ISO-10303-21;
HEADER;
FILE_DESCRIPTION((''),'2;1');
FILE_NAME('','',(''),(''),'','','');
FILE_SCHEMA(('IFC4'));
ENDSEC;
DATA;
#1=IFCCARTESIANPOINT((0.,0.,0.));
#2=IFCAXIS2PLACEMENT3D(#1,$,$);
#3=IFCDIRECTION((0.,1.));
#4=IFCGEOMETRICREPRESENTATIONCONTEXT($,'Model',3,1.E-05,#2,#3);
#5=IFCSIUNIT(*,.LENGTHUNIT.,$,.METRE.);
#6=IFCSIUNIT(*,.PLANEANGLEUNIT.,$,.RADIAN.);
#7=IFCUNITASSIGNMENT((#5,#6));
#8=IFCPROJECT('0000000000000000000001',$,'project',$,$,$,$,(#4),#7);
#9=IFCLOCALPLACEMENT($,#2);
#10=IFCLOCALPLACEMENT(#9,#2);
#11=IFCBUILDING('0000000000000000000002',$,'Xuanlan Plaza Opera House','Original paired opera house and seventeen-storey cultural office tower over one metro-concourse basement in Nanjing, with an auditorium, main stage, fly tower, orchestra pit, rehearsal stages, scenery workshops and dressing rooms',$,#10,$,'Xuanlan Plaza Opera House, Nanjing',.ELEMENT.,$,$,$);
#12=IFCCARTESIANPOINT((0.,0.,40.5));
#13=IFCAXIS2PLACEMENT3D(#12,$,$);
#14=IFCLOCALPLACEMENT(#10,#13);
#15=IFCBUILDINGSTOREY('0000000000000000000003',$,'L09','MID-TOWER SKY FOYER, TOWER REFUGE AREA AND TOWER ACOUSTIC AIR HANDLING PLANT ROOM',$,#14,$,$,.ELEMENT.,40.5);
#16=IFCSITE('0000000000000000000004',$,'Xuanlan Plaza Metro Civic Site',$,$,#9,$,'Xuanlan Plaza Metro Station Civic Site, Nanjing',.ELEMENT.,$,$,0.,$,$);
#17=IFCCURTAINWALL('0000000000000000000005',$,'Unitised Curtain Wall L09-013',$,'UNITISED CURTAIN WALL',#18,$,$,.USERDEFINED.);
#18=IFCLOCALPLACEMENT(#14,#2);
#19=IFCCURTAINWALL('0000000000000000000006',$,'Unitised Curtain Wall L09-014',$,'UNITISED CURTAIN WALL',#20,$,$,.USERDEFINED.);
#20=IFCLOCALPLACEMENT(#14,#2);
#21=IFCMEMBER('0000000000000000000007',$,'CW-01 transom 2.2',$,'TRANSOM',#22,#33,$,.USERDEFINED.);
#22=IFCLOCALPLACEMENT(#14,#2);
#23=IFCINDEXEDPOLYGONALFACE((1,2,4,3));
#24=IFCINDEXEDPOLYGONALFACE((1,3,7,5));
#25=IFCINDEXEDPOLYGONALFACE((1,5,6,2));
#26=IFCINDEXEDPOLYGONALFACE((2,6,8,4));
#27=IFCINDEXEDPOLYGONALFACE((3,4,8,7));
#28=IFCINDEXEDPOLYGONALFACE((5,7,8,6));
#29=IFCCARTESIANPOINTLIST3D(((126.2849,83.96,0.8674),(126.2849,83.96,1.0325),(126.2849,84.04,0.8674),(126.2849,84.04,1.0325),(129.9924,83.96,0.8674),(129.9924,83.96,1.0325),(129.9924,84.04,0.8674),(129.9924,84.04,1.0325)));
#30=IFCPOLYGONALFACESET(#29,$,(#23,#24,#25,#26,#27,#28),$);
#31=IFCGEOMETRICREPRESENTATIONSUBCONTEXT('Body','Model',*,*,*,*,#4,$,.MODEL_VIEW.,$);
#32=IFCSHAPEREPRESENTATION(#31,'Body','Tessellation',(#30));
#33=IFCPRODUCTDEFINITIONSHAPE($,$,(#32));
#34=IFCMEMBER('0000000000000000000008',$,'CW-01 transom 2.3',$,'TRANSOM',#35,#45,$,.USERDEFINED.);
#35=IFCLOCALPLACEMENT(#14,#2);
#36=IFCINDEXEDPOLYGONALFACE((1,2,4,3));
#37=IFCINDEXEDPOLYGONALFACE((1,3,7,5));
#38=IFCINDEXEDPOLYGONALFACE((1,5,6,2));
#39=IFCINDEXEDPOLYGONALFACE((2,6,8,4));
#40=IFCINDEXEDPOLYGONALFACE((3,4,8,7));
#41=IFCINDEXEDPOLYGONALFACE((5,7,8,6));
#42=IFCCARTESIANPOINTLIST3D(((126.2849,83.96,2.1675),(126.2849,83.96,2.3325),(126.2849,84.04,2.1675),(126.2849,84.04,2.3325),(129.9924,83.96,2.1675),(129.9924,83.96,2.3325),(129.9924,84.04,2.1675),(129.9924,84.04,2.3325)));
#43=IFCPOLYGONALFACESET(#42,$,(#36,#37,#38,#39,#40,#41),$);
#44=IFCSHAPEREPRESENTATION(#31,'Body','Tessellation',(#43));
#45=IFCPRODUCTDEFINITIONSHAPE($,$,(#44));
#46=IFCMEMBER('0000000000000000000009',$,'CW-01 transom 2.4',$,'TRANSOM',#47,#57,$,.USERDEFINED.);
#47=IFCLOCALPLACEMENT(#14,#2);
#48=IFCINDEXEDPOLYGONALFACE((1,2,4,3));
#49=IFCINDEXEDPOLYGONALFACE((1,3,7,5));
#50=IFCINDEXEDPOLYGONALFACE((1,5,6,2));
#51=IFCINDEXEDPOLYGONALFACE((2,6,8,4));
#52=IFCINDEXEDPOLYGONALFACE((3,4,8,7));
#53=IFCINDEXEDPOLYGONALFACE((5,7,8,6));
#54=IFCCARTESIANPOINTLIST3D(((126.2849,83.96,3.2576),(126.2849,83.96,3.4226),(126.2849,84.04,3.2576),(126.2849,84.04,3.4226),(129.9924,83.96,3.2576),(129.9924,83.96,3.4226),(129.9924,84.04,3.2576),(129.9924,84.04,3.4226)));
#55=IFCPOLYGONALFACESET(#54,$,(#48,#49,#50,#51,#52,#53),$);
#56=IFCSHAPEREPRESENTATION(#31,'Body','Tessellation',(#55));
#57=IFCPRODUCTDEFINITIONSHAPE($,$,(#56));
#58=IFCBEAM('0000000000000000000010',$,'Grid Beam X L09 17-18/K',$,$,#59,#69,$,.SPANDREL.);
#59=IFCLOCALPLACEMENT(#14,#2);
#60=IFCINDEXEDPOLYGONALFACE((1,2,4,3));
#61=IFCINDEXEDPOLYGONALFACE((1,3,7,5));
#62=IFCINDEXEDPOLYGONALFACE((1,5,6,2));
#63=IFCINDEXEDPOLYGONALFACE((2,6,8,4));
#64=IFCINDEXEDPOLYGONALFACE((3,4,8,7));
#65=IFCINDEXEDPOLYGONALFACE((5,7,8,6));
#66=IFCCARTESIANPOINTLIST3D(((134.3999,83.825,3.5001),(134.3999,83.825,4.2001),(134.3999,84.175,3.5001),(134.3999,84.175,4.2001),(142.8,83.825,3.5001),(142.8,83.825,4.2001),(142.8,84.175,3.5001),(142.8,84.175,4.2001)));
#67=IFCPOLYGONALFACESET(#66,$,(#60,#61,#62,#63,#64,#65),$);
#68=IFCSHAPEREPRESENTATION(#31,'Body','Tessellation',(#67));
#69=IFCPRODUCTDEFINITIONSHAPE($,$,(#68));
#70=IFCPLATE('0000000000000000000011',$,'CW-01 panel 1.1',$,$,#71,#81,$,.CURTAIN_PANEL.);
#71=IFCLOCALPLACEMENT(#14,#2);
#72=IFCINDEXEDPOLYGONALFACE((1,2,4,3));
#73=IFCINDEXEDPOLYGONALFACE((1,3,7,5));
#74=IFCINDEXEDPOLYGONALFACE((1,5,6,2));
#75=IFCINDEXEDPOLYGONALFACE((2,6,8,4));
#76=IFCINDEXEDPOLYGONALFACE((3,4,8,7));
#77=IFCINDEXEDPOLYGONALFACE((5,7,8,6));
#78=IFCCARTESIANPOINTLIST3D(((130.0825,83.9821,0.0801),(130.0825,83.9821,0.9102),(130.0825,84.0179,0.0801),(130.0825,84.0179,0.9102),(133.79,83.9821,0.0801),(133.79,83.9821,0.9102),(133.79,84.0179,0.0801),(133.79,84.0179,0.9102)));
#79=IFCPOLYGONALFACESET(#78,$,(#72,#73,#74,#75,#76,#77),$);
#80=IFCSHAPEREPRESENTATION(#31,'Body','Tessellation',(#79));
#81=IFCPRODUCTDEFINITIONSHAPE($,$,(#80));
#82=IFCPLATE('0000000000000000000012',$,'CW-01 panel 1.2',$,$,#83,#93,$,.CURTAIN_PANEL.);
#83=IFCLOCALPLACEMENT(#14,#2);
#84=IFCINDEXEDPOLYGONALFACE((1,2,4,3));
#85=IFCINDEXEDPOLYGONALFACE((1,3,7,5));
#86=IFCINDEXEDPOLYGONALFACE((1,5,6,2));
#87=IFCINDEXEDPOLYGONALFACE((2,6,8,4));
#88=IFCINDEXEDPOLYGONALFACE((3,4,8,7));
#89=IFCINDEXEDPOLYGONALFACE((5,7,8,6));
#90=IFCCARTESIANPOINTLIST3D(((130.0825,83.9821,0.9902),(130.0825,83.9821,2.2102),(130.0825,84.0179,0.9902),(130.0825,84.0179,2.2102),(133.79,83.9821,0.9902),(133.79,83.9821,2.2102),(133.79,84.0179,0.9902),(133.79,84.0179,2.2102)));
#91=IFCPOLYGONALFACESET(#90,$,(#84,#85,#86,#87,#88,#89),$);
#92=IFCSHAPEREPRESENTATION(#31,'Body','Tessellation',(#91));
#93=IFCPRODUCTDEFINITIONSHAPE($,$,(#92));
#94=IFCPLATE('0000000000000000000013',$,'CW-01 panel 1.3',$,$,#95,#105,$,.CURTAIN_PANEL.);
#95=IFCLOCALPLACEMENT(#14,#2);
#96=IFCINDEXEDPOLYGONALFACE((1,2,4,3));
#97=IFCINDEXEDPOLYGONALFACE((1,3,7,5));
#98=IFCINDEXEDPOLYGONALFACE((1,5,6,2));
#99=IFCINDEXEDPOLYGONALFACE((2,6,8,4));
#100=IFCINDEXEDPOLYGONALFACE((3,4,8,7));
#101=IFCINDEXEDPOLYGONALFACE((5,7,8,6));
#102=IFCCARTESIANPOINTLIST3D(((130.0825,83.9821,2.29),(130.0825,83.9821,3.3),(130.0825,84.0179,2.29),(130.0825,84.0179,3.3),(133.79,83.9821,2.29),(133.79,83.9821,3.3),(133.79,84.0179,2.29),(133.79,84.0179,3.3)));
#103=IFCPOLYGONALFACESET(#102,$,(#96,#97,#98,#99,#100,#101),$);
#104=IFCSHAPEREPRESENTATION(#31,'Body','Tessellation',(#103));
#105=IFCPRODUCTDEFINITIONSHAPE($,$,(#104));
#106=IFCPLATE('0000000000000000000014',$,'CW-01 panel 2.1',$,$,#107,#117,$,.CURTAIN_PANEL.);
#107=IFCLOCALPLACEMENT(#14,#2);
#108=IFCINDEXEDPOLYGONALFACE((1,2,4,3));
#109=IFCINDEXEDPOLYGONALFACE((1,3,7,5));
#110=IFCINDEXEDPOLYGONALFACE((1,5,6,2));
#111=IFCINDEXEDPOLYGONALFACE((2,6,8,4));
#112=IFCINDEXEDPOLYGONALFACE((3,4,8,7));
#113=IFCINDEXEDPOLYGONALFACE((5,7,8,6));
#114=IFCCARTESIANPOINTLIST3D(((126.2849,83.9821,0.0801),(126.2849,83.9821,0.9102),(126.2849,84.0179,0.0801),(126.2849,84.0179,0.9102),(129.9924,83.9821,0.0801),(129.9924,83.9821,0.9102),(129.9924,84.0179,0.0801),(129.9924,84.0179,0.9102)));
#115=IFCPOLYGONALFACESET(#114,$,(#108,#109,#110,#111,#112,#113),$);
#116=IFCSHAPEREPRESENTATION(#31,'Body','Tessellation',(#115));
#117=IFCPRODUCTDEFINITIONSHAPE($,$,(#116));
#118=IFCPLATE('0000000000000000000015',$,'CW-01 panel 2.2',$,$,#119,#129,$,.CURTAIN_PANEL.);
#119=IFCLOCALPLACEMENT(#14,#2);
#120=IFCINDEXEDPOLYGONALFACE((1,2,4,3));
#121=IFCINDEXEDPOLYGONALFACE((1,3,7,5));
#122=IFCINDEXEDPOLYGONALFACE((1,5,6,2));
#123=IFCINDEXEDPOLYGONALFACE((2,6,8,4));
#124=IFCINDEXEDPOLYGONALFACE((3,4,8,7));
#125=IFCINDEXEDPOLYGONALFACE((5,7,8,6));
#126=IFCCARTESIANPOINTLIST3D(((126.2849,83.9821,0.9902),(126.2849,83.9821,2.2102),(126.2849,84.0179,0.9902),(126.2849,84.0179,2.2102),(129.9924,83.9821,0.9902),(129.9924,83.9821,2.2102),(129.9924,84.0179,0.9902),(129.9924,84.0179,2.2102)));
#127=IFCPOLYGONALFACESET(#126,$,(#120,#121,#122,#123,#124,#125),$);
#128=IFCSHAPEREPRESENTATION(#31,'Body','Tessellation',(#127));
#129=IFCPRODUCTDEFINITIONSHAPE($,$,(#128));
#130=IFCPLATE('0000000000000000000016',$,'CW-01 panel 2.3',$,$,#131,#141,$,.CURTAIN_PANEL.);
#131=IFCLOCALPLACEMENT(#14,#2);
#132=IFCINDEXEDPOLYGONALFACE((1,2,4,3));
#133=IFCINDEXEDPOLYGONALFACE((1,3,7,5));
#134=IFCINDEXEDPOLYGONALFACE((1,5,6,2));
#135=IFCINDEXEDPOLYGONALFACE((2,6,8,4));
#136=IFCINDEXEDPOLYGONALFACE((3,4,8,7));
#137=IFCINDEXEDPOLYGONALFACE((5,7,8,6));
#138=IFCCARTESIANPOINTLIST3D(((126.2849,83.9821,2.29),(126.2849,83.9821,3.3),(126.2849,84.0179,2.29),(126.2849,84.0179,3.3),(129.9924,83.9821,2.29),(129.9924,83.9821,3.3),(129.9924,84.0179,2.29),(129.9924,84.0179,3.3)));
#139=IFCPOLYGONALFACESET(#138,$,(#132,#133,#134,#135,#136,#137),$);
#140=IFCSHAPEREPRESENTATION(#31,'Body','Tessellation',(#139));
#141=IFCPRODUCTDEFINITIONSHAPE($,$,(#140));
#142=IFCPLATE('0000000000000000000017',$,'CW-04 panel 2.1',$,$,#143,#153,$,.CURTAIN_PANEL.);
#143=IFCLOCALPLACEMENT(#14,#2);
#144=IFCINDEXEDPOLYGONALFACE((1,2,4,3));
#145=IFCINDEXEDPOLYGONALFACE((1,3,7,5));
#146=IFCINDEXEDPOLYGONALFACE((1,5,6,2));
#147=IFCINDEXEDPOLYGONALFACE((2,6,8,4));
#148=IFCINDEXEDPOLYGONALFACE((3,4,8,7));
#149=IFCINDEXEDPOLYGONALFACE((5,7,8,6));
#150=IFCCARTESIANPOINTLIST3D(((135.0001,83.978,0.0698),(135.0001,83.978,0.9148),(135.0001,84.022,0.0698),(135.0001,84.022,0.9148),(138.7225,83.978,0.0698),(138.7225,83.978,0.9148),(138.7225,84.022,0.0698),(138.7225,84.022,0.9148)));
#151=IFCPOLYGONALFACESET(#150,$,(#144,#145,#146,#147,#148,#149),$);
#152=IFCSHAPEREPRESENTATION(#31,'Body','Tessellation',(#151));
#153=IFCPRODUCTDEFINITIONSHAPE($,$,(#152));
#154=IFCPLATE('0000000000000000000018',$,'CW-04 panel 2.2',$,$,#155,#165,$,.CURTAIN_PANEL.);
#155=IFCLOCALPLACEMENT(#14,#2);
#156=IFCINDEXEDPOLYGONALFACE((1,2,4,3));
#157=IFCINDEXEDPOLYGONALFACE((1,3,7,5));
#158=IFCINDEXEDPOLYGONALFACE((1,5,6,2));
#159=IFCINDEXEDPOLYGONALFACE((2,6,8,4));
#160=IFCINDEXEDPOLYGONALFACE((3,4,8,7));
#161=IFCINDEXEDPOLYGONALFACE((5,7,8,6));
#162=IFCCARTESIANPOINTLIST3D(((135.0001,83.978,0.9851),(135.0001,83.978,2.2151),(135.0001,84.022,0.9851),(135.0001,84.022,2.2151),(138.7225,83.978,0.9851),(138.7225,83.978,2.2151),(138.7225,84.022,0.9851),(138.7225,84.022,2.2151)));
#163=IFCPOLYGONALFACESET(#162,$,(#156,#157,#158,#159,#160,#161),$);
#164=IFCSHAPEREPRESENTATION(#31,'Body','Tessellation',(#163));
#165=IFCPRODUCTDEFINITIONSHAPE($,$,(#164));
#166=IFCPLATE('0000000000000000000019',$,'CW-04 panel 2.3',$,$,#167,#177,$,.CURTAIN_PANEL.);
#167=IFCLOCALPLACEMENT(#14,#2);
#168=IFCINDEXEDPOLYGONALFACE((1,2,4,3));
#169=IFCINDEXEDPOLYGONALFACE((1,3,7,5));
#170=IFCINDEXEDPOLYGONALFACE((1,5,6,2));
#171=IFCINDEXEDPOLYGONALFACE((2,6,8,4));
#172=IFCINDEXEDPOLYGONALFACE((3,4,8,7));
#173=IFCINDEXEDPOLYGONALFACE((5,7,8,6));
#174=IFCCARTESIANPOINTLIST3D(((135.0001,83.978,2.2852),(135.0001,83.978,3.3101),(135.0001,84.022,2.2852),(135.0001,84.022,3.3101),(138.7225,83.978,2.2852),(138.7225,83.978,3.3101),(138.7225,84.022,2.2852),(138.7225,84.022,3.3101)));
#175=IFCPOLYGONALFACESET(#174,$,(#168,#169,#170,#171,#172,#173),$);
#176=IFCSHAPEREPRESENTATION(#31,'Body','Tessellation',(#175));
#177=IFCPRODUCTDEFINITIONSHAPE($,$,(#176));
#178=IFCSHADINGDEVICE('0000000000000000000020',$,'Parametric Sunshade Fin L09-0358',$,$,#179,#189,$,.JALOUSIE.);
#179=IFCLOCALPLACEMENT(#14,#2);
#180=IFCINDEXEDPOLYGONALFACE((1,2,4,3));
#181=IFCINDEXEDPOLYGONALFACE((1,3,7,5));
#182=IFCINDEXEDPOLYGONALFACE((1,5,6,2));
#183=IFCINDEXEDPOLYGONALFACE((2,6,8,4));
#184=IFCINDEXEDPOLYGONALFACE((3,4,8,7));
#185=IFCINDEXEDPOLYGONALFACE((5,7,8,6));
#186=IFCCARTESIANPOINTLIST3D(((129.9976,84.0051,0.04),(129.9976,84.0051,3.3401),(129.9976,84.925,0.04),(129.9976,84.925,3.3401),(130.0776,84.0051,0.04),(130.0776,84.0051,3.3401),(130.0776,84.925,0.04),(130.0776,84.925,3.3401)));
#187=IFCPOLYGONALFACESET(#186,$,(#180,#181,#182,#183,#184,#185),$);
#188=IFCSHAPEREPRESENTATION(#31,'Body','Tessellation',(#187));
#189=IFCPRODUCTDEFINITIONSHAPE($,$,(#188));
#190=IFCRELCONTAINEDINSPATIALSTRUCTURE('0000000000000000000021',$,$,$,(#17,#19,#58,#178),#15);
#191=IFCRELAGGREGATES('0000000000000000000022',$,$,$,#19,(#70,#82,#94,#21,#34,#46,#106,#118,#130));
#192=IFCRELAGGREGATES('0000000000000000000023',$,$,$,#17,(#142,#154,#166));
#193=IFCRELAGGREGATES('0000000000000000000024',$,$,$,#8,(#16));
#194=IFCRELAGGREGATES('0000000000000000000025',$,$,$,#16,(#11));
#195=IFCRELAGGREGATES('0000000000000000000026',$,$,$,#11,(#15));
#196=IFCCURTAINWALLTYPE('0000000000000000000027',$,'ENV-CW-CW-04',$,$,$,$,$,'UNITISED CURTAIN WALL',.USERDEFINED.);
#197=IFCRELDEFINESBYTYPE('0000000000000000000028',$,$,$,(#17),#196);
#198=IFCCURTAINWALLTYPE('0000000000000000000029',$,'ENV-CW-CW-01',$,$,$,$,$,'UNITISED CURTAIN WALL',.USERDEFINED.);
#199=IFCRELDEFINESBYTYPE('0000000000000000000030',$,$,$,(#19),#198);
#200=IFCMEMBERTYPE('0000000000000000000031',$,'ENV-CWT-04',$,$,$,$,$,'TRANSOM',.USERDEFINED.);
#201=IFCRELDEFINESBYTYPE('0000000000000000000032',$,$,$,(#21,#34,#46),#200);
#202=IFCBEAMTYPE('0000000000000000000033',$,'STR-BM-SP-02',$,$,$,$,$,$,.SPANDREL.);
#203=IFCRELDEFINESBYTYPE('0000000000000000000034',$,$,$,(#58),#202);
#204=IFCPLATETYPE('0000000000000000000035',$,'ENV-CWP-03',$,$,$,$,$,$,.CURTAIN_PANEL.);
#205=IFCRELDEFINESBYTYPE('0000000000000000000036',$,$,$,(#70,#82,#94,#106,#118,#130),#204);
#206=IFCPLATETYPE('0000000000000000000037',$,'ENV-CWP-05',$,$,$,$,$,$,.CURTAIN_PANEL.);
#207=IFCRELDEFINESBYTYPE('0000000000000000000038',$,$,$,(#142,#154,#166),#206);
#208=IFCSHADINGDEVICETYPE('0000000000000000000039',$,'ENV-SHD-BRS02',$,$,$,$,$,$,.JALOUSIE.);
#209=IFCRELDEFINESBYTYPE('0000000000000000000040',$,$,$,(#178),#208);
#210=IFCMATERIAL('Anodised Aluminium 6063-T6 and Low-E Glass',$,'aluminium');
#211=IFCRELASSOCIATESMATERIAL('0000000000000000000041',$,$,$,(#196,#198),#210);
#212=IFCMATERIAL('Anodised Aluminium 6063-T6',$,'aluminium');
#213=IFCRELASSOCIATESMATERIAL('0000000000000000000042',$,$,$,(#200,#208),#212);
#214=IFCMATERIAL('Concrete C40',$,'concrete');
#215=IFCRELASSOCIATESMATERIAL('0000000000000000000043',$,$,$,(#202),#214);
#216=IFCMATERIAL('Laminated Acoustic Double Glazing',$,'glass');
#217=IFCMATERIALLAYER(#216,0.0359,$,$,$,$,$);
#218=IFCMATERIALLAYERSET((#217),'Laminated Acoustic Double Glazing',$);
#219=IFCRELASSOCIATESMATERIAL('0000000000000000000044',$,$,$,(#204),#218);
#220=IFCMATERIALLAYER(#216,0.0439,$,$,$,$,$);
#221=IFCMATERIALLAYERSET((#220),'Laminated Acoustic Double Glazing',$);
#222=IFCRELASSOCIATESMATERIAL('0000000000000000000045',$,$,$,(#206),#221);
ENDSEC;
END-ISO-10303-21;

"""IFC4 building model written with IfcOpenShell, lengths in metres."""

from ifc_helpers import new_model, si_unit, direction, frame, origin, origin_2d, place, context, subcontext, project, spatial, rectangle, extrude, material, layer, layer_set, material_profile, profile_set, type_object, element, aggregate, save


model = new_model("IFC4")

# Units and contexts
model_context = context("Model", 3, precision=1e-05, world=origin(), true_north=direction((0.0, 1.0)))
body_context = subcontext(model_context, "Body", "Model", "MODEL_VIEW")
ifc_project = project(units=[si_unit("LENGTHUNIT", "METRE"), si_unit("PLANEANGLEUNIT", "RADIAN")], contexts=[model_context])

# Site, building, storey
site_placement = place(None, origin())
site = spatial("IfcSite", under=ifc_project, at=site_placement, Name="Xuanlan Plaza Metro Civic Site", LongName="Xuanlan Plaza Metro Station Civic Site, Nanjing", CompositionType="ELEMENT", RefElevation=0.0)
building_placement = place(site_placement, origin())
building = spatial("IfcBuilding", under=site, at=building_placement, Name="Xuanlan Plaza Opera House", Description="Original paired opera house and seventeen-storey cultural office tower over one metro-concourse basement in Nanjing, with an auditorium, main stage, fly tower, orchestra pit, rehearsal stages, scenery workshops and dressing rooms", LongName="Xuanlan Plaza Opera House, Nanjing", CompositionType="ELEMENT")
storey_placement = place(building_placement, frame((0.0, 0.0, 40.5)))
storey = spatial("IfcBuildingStorey", under=building, at=storey_placement, Name="L09", Description="MID-TOWER SKY FOYER, TOWER REFUGE AREA AND TOWER ACOUSTIC AIR HANDLING PLANT ROOM", CompositionType="ELEMENT", Elevation=40.5)

# Curtain walls
ifc_material_1 = material(Name="Anodised Aluminium 6063-T6 and Low-E Glass", Category="aluminium")
curtain_wall_type_1 = type_object("IfcCurtainWallType", Name="ENV-CW-CW-04", ElementType="UNITISED CURTAIN WALL", PredefinedType="USERDEFINED", material=ifc_material_1)
curtain_wall_1_placement = place(storey_placement, origin())
curtain_wall_1 = element("IfcCurtainWall", 1, at=curtain_wall_1_placement, inside=storey, type_object=curtain_wall_type_1, Name="Unitised Curtain Wall L09-013", ObjectType="UNITISED CURTAIN WALL", PredefinedType="USERDEFINED")
ifc_material_2 = material(Name="Anodised Aluminium 6063-T6", Category="aluminium")
curtain_wall_type_2 = type_object("IfcCurtainWallType", Name="ENV-CW-CW-01", ElementType="UNITISED CURTAIN WALL", PredefinedType="USERDEFINED", material=ifc_material_1)
curtain_wall_2_placement = place(storey_placement, origin())
curtain_wall_2 = element("IfcCurtainWall", 2, at=curtain_wall_2_placement, inside=storey, type_object=curtain_wall_type_2, Name="Unitised Curtain Wall L09-014", ObjectType="UNITISED CURTAIN WALL", PredefinedType="USERDEFINED")

# Members
ifc_material_profile_1 = material_profile(ifc_material_2, rectangle(XDim=0.0801, YDim=0.165, at=origin_2d()), Name="ALU-T 80x165")
ifc_profile_set_1 = profile_set([ifc_material_profile_1], Name="Anodised Aluminium 6063-T6")
member_type_1 = type_object("IfcMemberType", Name="ENV-CWT-04", ElementType="TRANSOM", PredefinedType="USERDEFINED", material=ifc_profile_set_1)
member_1_placement = place(storey_placement, frame((129.9924, 84.0, 0.95), z_axis=(-1.0, 0.0, 0.0), x_axis=(0.0, -1.0, 0.0)))
member_1 = element("IfcMember", 3, at=member_1_placement, type_object=member_type_1, Name="CW-01 transom 2.2", ObjectType="TRANSOM", PredefinedType="USERDEFINED", context=body_context, shape_type="SweptSolid", body=[
    extrude(rectangle(XDim=0.0801, YDim=0.165, at=origin_2d()), origin(), (0.0, 0.0, 1.0), 3.7075),
])
member_2_placement = place(storey_placement, frame((129.9924, 84.0, 2.25), z_axis=(-1.0, 0.0, 0.0), x_axis=(0.0, -1.0, 0.0)))
member_2 = element("IfcMember", 4, at=member_2_placement, type_object=member_type_1, Name="CW-01 transom 2.3", ObjectType="TRANSOM", PredefinedType="USERDEFINED", context=body_context, shape_type="SweptSolid", body=[
    extrude(rectangle(XDim=0.0801, YDim=0.165, at=origin_2d()), origin(), (0.0, 0.0, 1.0), 3.7075),
])
member_3_placement = place(storey_placement, frame((129.9924, 84.0, 3.3401), z_axis=(-1.0, 0.0, 0.0), x_axis=(0.0, -1.0, 0.0)))
member_3 = element("IfcMember", 5, at=member_3_placement, type_object=member_type_1, Name="CW-01 transom 2.4", ObjectType="TRANSOM", PredefinedType="USERDEFINED", context=body_context, shape_type="SweptSolid", body=[
    extrude(rectangle(XDim=0.0801, YDim=0.165, at=origin_2d()), origin(), (0.0, 0.0, 1.0), 3.7075),
])

# Beam
ifc_material_3 = material(Name="Concrete C40", Category="concrete")
ifc_material_profile_2 = material_profile(ifc_material_3, rectangle(XDim=0.3501, YDim=0.7, at=origin_2d()), Name="RC-SPD 350x700")
ifc_profile_set_2 = profile_set([ifc_material_profile_2], Name="Concrete C40")
beam_type = type_object("IfcBeamType", Name="STR-BM-SP-02", PredefinedType="SPANDREL", material=ifc_profile_set_2)
beam_placement = place(storey_placement, frame((134.3999, 84.0, 3.8501), z_axis=(1.0, 0.0, 0.0), x_axis=(0.0, 1.0, 0.0)))
element("IfcBeam", 6, at=beam_placement, inside=storey, type_object=beam_type, Name="Grid Beam X L09 17-18/K", PredefinedType="SPANDREL", context=body_context, shape_type="SweptSolid", body=[
    extrude(rectangle(XDim=0.3501, YDim=0.7, at=origin_2d()), origin(), (0.0, 0.0, 1.0), 8.4001),
])

# Plates
ifc_material_4 = material(Name="Laminated Acoustic Double Glazing", Category="glass")
ifc_layer_1 = layer(ifc_material_4, 0.0359)
ifc_layer_set_1 = layer_set([ifc_layer_1], Name="Laminated Acoustic Double Glazing")
plate_type_1 = type_object("IfcPlateType", Name="ENV-CWP-03", PredefinedType="CURTAIN_PANEL", material=ifc_layer_set_1)
plate_1_placement = place(storey_placement, frame((131.9363, 84.0, 0.0801), z_axis=(0.0, 0.0, 1.0), x_axis=(-1.0, 0.0, 0.0)))
plate_1 = element("IfcPlate", 7, at=plate_1_placement, type_object=plate_type_1, Name="CW-01 panel 1.1", PredefinedType="CURTAIN_PANEL", context=body_context, shape_type="SweptSolid", body=[
    extrude(rectangle(XDim=3.7075, YDim=0.0359, at=origin_2d()), origin(), (0.0, 0.0, 1.0), 0.8301),
])
plate_2_placement = place(storey_placement, frame((131.9363, 84.0, 0.9902), z_axis=(0.0, 0.0, 1.0), x_axis=(-1.0, 0.0, 0.0)))
plate_2 = element("IfcPlate", 8, at=plate_2_placement, type_object=plate_type_1, Name="CW-01 panel 1.2", PredefinedType="CURTAIN_PANEL", context=body_context, shape_type="SweptSolid", body=[
    extrude(rectangle(XDim=3.7075, YDim=0.0359, at=origin_2d()), origin(), (0.0, 0.0, 1.0), 1.22),
])
plate_3_placement = place(storey_placement, frame((131.9363, 84.0, 2.29), z_axis=(0.0, 0.0, 1.0), x_axis=(-1.0, 0.0, 0.0)))
plate_3 = element("IfcPlate", 9, at=plate_3_placement, type_object=plate_type_1, Name="CW-01 panel 1.3", PredefinedType="CURTAIN_PANEL", context=body_context, shape_type="SweptSolid", body=[
    extrude(rectangle(XDim=3.7075, YDim=0.0359, at=origin_2d()), origin(), (0.0, 0.0, 1.0), 1.01),
])
plate_4_placement = place(storey_placement, frame((128.1387, 84.0, 0.0801), z_axis=(0.0, 0.0, 1.0), x_axis=(-1.0, 0.0, 0.0)))
plate_4 = element("IfcPlate", 10, at=plate_4_placement, type_object=plate_type_1, Name="CW-01 panel 2.1", PredefinedType="CURTAIN_PANEL", context=body_context, shape_type="SweptSolid", body=[
    extrude(rectangle(XDim=3.7075, YDim=0.0359, at=origin_2d()), origin(), (0.0, 0.0, 1.0), 0.8301),
])
plate_5_placement = place(storey_placement, frame((128.1387, 84.0, 0.9902), z_axis=(0.0, 0.0, 1.0), x_axis=(-1.0, 0.0, 0.0)))
plate_5 = element("IfcPlate", 11, at=plate_5_placement, type_object=plate_type_1, Name="CW-01 panel 2.2", PredefinedType="CURTAIN_PANEL", context=body_context, shape_type="SweptSolid", body=[
    extrude(rectangle(XDim=3.7075, YDim=0.0359, at=origin_2d()), origin(), (0.0, 0.0, 1.0), 1.22),
])
plate_6_placement = place(storey_placement, frame((128.1387, 84.0, 2.29), z_axis=(0.0, 0.0, 1.0), x_axis=(-1.0, 0.0, 0.0)))
plate_6 = element("IfcPlate", 12, at=plate_6_placement, type_object=plate_type_1, Name="CW-01 panel 2.3", PredefinedType="CURTAIN_PANEL", context=body_context, shape_type="SweptSolid", body=[
    extrude(rectangle(XDim=3.7075, YDim=0.0359, at=origin_2d()), origin(), (0.0, 0.0, 1.0), 1.01),
])
aggregate(curtain_wall_2, [plate_1, plate_2, plate_3, member_1, member_2, member_3, plate_4, plate_5, plate_6])
ifc_layer_2 = layer(ifc_material_4, 0.0439)
ifc_layer_set_2 = layer_set([ifc_layer_2], Name="Laminated Acoustic Double Glazing")
plate_type_2 = type_object("IfcPlateType", Name="ENV-CWP-05", PredefinedType="CURTAIN_PANEL", material=ifc_layer_set_2)
plate_7_placement = place(storey_placement, frame((136.8613, 84.0, 0.0698), z_axis=(0.0, 0.0, 1.0), x_axis=(-1.0, 0.0, 0.0)))
plate_7 = element("IfcPlate", 13, at=plate_7_placement, type_object=plate_type_2, Name="CW-04 panel 2.1", PredefinedType="CURTAIN_PANEL", context=body_context, shape_type="SweptSolid", body=[
    extrude(rectangle(XDim=3.7224, YDim=0.0439, at=origin_2d()), origin(), (0.0, 0.0, 1.0), 0.845),
])
plate_8_placement = place(storey_placement, frame((136.8613, 84.0, 0.9851), z_axis=(0.0, 0.0, 1.0), x_axis=(-1.0, 0.0, 0.0)))
plate_8 = element("IfcPlate", 14, at=plate_8_placement, type_object=plate_type_2, Name="CW-04 panel 2.2", PredefinedType="CURTAIN_PANEL", context=body_context, shape_type="SweptSolid", body=[
    extrude(rectangle(XDim=3.7224, YDim=0.0439, at=origin_2d()), origin(), (0.0, 0.0, 1.0), 1.23),
])
plate_9_placement = place(storey_placement, frame((136.8613, 84.0, 2.2852), z_axis=(0.0, 0.0, 1.0), x_axis=(-1.0, 0.0, 0.0)))
plate_9 = element("IfcPlate", 15, at=plate_9_placement, type_object=plate_type_2, Name="CW-04 panel 2.3", PredefinedType="CURTAIN_PANEL", context=body_context, shape_type="SweptSolid", body=[
    extrude(rectangle(XDim=3.7224, YDim=0.0439, at=origin_2d()), origin(), (0.0, 0.0, 1.0), 1.0249),
])
aggregate(curtain_wall_1, [plate_7, plate_8, plate_9])

# Shading device
shading_device_type = type_object("IfcShadingDeviceType", Name="ENV-SHD-BRS02", PredefinedType="JALOUSIE", material=ifc_material_2)
shading_device_placement = place(storey_placement, frame((130.0376, 84.4651, 0.04), z_axis=(0.0, 0.0, 1.0), x_axis=(0.0, 1.0, 0.0)))
element("IfcShadingDevice", 16, at=shading_device_placement, inside=storey, type_object=shading_device_type, Name="Parametric Sunshade Fin L09-0358", PredefinedType="JALOUSIE", context=body_context, shape_type="SweptSolid", body=[
    extrude(rectangle(XDim=0.9199, YDim=0.0801, at=origin_2d()), origin(), (0.0, 0.0, 1.0), 3.3),
])

save(model, "model.ifc")
